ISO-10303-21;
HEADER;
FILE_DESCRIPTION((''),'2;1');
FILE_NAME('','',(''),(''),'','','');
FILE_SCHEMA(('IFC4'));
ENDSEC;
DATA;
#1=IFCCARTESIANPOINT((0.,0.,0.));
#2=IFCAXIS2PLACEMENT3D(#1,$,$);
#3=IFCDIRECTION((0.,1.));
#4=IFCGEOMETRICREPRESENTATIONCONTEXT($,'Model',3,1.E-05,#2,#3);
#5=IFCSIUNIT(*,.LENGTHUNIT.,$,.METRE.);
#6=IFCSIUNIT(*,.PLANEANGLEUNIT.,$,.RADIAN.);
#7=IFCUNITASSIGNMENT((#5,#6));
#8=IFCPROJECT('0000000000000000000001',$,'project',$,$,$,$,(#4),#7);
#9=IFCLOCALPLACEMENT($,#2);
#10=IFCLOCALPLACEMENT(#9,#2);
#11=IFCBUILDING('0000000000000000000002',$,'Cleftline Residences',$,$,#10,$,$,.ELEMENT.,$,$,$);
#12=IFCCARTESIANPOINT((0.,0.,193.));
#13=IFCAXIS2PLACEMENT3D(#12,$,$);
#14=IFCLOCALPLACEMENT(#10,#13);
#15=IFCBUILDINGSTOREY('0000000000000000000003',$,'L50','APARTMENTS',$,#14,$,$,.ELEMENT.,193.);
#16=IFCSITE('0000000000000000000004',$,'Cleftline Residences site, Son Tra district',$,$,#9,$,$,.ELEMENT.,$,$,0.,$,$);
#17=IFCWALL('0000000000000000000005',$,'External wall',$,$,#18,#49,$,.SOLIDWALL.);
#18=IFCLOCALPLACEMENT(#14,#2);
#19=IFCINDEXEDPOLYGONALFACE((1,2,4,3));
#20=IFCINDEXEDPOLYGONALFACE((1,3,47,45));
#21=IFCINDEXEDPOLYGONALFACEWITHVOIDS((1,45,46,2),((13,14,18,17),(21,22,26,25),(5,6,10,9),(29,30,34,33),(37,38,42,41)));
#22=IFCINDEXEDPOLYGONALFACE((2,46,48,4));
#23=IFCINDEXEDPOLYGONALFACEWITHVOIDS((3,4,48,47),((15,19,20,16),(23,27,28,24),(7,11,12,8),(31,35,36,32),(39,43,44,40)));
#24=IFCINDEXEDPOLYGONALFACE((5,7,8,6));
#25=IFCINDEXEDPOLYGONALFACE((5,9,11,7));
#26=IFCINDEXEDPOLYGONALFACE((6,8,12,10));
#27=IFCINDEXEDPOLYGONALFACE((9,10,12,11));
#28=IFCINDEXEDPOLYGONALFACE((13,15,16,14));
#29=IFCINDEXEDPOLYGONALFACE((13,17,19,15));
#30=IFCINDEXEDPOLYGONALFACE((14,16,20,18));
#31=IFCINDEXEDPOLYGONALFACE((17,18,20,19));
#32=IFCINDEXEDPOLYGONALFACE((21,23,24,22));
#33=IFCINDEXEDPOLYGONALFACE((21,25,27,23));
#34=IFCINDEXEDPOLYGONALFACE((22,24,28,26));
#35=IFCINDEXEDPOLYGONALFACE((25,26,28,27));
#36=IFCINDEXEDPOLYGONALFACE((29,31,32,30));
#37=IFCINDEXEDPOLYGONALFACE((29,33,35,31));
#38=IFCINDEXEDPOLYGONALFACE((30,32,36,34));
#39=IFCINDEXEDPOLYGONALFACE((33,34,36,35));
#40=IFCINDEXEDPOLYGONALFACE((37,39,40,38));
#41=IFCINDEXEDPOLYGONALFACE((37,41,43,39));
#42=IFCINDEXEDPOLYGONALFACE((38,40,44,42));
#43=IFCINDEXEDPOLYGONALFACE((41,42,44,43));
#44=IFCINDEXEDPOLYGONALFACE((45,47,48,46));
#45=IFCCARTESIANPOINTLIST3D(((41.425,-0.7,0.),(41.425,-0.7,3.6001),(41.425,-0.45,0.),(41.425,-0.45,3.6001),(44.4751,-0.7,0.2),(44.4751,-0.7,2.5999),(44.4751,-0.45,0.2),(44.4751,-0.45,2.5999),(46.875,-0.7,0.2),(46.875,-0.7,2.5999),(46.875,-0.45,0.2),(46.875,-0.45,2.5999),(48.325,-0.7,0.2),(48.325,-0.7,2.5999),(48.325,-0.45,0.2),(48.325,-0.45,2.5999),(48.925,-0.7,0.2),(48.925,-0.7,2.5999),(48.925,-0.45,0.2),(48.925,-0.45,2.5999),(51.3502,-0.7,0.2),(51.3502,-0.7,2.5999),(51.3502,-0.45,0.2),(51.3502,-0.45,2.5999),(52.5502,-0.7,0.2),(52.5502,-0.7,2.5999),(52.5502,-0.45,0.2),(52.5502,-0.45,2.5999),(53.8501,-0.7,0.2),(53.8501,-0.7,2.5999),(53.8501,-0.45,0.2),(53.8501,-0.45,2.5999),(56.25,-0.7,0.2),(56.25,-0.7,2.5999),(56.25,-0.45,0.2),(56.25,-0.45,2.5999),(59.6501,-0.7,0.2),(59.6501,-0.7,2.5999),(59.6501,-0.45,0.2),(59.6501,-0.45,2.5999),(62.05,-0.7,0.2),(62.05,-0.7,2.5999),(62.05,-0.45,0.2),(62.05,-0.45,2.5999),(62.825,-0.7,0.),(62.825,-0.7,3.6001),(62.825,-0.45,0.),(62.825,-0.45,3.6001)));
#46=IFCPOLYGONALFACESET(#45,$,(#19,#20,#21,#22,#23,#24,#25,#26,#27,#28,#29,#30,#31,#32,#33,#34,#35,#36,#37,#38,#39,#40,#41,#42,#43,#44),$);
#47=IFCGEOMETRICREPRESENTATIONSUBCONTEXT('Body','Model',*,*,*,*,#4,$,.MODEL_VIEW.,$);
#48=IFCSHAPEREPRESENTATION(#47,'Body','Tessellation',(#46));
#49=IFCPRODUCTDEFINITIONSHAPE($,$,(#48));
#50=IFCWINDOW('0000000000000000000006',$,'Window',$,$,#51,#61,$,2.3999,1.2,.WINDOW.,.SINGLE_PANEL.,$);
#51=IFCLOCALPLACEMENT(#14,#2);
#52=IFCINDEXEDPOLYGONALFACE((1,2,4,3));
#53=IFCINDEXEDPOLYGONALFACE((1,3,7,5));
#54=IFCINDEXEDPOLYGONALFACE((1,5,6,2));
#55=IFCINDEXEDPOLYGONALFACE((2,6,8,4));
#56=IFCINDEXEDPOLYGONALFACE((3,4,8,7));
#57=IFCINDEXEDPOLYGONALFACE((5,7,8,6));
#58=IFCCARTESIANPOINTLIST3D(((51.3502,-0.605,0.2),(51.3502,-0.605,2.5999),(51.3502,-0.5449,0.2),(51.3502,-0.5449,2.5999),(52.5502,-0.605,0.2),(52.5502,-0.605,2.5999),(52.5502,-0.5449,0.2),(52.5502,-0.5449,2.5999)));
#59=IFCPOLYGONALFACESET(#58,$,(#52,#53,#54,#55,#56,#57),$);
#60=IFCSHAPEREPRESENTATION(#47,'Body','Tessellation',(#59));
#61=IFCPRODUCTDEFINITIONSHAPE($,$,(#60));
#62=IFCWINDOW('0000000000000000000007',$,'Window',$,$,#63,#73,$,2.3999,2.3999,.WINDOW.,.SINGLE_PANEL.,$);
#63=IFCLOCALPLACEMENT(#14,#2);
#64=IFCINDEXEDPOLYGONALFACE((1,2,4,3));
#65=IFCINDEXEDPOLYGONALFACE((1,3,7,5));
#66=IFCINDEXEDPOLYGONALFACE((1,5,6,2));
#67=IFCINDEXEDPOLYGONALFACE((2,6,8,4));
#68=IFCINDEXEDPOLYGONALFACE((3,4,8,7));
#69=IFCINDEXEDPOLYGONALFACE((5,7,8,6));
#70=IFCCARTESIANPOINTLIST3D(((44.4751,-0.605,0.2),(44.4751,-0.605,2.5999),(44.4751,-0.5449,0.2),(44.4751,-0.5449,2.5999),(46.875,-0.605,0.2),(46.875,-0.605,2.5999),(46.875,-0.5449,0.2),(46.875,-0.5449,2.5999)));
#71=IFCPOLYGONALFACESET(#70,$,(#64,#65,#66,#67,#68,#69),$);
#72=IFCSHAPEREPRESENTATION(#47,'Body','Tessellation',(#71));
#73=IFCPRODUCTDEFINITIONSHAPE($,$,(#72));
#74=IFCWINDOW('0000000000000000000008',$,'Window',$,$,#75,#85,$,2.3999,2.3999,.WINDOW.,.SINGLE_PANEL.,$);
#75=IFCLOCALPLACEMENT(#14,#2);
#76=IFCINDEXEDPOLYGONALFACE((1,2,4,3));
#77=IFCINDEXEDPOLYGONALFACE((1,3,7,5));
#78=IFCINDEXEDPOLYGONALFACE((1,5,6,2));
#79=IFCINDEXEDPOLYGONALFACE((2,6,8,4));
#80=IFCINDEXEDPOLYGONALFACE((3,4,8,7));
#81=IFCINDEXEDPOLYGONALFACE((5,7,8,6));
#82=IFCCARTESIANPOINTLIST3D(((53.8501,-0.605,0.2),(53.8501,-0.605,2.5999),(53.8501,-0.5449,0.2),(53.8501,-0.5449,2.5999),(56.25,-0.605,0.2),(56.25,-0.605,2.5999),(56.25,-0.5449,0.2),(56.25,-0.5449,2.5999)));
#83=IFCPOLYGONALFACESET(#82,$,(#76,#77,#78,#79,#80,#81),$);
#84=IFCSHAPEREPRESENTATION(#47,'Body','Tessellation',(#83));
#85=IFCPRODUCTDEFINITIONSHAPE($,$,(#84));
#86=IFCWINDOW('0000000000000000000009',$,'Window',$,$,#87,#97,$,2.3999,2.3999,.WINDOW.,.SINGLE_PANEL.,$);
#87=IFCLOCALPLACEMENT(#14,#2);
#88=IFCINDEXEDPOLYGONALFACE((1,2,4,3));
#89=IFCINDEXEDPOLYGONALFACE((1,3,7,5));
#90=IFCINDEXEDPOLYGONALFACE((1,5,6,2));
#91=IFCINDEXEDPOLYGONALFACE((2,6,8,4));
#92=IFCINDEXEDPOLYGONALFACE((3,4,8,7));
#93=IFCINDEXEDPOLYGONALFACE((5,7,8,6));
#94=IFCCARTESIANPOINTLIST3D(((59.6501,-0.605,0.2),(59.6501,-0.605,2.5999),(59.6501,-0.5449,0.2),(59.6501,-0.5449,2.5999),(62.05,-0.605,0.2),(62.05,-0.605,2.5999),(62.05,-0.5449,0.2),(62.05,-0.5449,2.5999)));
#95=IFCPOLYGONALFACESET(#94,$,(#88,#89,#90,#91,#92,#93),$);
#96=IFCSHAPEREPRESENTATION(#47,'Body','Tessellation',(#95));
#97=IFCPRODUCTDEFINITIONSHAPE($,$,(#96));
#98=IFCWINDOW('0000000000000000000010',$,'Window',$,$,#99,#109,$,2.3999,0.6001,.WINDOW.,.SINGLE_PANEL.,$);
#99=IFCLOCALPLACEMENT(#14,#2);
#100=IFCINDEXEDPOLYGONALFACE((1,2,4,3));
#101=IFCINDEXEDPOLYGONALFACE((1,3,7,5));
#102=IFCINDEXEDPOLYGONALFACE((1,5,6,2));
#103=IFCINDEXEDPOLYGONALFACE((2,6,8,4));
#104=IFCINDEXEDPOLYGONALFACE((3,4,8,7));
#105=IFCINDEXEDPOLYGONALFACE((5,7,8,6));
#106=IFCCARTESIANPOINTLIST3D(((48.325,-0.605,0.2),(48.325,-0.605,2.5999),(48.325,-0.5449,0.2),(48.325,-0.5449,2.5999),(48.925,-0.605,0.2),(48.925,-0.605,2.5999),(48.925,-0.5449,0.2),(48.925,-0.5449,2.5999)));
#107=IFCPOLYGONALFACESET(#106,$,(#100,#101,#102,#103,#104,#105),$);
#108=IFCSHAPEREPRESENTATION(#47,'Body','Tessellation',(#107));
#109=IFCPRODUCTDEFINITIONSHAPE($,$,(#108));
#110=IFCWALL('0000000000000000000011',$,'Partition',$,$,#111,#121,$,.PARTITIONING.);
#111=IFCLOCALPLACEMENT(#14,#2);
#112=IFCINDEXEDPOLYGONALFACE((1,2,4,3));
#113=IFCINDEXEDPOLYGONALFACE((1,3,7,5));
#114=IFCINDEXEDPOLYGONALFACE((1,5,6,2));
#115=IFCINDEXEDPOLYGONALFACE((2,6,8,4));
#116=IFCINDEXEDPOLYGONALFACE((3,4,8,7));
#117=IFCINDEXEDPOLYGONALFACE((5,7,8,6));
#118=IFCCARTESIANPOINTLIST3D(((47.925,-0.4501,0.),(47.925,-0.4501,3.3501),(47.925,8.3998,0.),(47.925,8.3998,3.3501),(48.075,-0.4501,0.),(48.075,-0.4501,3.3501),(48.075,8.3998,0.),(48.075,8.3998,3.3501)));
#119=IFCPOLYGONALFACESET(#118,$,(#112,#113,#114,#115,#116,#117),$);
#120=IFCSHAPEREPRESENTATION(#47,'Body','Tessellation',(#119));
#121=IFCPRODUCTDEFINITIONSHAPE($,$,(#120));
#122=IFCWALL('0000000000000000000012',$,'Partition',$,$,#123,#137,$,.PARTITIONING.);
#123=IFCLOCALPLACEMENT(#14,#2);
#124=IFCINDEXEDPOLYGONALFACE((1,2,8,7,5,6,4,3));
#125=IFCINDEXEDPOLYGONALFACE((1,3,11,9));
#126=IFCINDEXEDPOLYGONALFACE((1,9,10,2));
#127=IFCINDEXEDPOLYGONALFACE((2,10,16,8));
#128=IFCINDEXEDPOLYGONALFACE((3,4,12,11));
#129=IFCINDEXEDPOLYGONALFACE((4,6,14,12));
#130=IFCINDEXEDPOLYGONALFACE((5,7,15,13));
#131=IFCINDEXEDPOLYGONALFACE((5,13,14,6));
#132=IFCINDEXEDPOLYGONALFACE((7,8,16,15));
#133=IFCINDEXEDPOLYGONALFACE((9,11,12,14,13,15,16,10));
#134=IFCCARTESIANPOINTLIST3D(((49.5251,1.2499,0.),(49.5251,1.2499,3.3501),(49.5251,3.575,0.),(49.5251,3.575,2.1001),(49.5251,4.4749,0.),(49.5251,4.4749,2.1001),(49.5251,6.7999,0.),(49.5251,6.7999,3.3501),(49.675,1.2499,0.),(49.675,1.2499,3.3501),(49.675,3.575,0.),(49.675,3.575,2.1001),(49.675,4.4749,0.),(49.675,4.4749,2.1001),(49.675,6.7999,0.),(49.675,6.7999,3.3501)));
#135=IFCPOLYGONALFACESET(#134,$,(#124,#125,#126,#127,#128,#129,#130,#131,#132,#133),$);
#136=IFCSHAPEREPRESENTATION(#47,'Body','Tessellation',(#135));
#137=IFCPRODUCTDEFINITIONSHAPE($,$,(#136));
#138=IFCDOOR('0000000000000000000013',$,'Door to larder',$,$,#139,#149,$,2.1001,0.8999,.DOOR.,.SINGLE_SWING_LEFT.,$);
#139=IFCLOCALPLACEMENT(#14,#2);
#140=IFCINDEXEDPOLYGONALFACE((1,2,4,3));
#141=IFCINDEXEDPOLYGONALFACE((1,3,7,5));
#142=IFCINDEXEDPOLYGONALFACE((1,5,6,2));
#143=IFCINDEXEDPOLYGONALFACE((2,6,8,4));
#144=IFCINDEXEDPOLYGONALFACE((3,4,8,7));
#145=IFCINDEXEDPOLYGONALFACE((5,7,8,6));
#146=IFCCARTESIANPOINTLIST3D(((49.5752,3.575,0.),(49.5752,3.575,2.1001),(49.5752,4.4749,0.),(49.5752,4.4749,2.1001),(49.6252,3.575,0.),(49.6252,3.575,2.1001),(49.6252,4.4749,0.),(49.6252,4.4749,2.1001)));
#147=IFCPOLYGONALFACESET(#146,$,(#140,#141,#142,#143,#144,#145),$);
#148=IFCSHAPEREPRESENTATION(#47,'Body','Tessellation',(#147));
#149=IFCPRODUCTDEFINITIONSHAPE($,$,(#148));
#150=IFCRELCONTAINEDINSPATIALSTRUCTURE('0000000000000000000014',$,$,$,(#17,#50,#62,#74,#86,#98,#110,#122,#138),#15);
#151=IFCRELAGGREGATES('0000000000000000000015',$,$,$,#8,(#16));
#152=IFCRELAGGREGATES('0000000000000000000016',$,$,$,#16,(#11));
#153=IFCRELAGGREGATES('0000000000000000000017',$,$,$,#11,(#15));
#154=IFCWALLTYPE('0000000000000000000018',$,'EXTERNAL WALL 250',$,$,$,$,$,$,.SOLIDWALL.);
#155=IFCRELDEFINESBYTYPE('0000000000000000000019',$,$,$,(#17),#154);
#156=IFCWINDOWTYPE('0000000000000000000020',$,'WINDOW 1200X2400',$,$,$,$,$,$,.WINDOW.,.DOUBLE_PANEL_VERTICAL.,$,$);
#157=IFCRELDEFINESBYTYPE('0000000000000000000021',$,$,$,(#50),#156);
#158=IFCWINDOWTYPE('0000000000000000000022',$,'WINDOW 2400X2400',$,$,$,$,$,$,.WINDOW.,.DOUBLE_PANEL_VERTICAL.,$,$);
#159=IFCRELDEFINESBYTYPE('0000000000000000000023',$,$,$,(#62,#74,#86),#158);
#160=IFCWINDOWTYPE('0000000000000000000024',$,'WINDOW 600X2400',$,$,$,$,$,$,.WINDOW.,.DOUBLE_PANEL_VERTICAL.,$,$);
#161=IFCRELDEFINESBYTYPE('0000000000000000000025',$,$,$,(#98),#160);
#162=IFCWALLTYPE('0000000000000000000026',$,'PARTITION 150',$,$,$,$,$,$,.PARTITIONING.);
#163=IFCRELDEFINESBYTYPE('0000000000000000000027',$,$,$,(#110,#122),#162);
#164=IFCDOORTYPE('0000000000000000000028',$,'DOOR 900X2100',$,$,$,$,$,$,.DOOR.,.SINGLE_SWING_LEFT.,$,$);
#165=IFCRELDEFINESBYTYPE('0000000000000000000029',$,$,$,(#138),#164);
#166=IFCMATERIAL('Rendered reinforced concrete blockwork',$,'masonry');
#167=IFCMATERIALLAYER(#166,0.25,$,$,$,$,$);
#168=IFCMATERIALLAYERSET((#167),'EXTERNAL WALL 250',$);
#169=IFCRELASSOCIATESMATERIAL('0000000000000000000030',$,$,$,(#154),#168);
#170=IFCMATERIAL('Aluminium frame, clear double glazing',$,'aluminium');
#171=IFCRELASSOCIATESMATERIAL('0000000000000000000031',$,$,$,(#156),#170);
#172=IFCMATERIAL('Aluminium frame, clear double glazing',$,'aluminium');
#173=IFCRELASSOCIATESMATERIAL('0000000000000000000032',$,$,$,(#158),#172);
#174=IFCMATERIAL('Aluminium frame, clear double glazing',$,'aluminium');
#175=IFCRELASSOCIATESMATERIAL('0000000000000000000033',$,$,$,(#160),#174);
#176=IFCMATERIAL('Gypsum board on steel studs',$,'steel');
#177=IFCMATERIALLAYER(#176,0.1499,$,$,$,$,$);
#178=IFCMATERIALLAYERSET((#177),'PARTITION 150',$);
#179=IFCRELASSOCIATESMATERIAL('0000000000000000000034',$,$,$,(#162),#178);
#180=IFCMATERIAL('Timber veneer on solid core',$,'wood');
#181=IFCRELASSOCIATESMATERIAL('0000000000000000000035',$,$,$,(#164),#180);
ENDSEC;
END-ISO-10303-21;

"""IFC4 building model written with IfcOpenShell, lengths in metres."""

from ifc_helpers import new_model, si_unit, direction, frame, frame_2d, origin, place, context, subcontext, project, spatial, rectangle, extrude, material, layer, layer_set, type_object, element, fill, save


model = new_model("IFC4")

# Units and contexts
model_context = context("Model", 3, precision=1e-05, world=origin(), true_north=direction((0.0, 1.0)))
body_context = subcontext(model_context, "Body", "Model", "MODEL_VIEW")
ifc_project = project(units=[si_unit("LENGTHUNIT", "METRE"), si_unit("PLANEANGLEUNIT", "RADIAN")], contexts=[model_context])

# Site, building, storey
site_placement = place(None, origin())
site = spatial("IfcSite", under=ifc_project, at=site_placement, Name="Cleftline Residences site, Son Tra district", CompositionType="ELEMENT", RefElevation=0.0)
building_placement = place(site_placement, origin())
building = spatial("IfcBuilding", under=site, at=building_placement, Name="Cleftline Residences", CompositionType="ELEMENT")
storey_placement = place(building_placement, frame((0.0, 0.0, 193.0)))
storey = spatial("IfcBuildingStorey", under=building, at=storey_placement, Name="L50", Description="APARTMENTS", CompositionType="ELEMENT", Elevation=193.0)

# Wall, openings, windows
ifc_material_1 = material(Name="Rendered reinforced concrete blockwork", Category="masonry")
ifc_layer_1 = layer(ifc_material_1, 0.25)
ifc_layer_set_1 = layer_set([ifc_layer_1], Name="EXTERNAL WALL 250")
wall_type_1 = type_object("IfcWallType", Name="EXTERNAL WALL 250", PredefinedType="SOLIDWALL", material=ifc_layer_set_1)
wall_1_placement = place(storey_placement, frame((41.425, -0.575, 0.0), z_axis=(0.0, 0.0, 1.0), x_axis=(1.0, 0.0, 0.0)))
wall_1 = element("IfcWall", 1, at=wall_1_placement, inside=storey, type_object=wall_type_1, Name="External wall", PredefinedType="SOLIDWALL", context=body_context, shape_type="SweptSolid", body=[
    extrude(rectangle(XDim=21.3999, YDim=0.25, at=frame_2d((10.7, 0.0))), origin(), (0.0, 0.0, 1.0), 3.6001),
])
opening_1_placement = place(wall_1_placement, frame((3.05, 0.0, 0.2)))
opening_1 = element("IfcOpeningElement", 2, at=opening_1_placement, cuts=wall_1, PredefinedType="OPENING", context=body_context, shape_type="SweptSolid", body=[
    extrude(rectangle(XDim=2.3999, YDim=2.3999, at=frame_2d((1.2, 1.2))), frame((0.0, 0.135, 0.0), z_axis=(0.0, -1.0, 0.0), x_axis=(1.0, 0.0, 0.0)), (0.0, 0.0, 1.0), 0.27),
])
opening_2_placement = place(wall_1_placement, frame((6.8999, 0.0, 0.2)))
opening_2 = element("IfcOpeningElement", 3, at=opening_2_placement, cuts=wall_1, PredefinedType="OPENING", context=body_context, shape_type="SweptSolid", body=[
    extrude(rectangle(XDim=0.6001, YDim=2.3999, at=frame_2d((0.3, 1.2))), frame((0.0, 0.135, 0.0), z_axis=(0.0, -1.0, 0.0), x_axis=(1.0, 0.0, 0.0)), (0.0, 0.0, 1.0), 0.27),
])
opening_3_placement = place(wall_1_placement, frame((9.925, 0.0, 0.2)))
opening_3 = element("IfcOpeningElement", 4, at=opening_3_placement, cuts=wall_1, PredefinedType="OPENING", context=body_context, shape_type="SweptSolid", body=[
    extrude(rectangle(XDim=1.2, YDim=2.3999, at=frame_2d((0.6001, 1.2))), frame((0.0, 0.135, 0.0), z_axis=(0.0, -1.0, 0.0), x_axis=(1.0, 0.0, 0.0)), (0.0, 0.0, 1.0), 0.27),
])
opening_4_placement = place(wall_1_placement, frame((12.425, 0.0, 0.2)))
opening_4 = element("IfcOpeningElement", 5, at=opening_4_placement, cuts=wall_1, PredefinedType="OPENING", context=body_context, shape_type="SweptSolid", body=[
    extrude(rectangle(XDim=2.3999, YDim=2.3999, at=frame_2d((1.2, 1.2))), frame((0.0, 0.135, 0.0), z_axis=(0.0, -1.0, 0.0), x_axis=(1.0, 0.0, 0.0)), (0.0, 0.0, 1.0), 0.27),
])
opening_5_placement = place(wall_1_placement, frame((18.2251, 0.0, 0.2)))
opening_5 = element("IfcOpeningElement", 6, at=opening_5_placement, cuts=wall_1, PredefinedType="OPENING", context=body_context, shape_type="SweptSolid", body=[
    extrude(rectangle(XDim=2.3999, YDim=2.3999, at=frame_2d((1.2, 1.2))), frame((0.0, 0.135, 0.0), z_axis=(0.0, -1.0, 0.0), x_axis=(1.0, 0.0, 0.0)), (0.0, 0.0, 1.0), 0.27),
])
ifc_material_2 = material(Name="Aluminium frame, clear double glazing", Category="aluminium")
window_type_1 = type_object("IfcWindowType", Name="WINDOW 1200X2400", PartitioningType="DOUBLE_PANEL_VERTICAL", PredefinedType="WINDOW", material=ifc_material_2)
window_1_placement = place(opening_3_placement, origin())
window_1 = element("IfcWindow", 7, at=window_1_placement, inside=storey, type_object=window_type_1, Name="Window", OverallHeight=2.3999, OverallWidth=1.2, PartitioningType="SINGLE_PANEL", PredefinedType="WINDOW", context=body_context, shape_type="SweptSolid", body=[
    extrude(rectangle(XDim=1.2, YDim=2.3999, at=frame_2d((0.6001, 1.2))), frame((0.0, 0.03, 0.0), z_axis=(0.0, -1.0, 0.0), x_axis=(1.0, 0.0, 0.0)), (0.0, 0.0, 1.0), 0.0601),
])
fill(opening_3, window_1)
ifc_material_3 = material(Name="Aluminium frame, clear double glazing", Category="aluminium")
window_type_2 = type_object("IfcWindowType", Name="WINDOW 2400X2400", PartitioningType="DOUBLE_PANEL_VERTICAL", PredefinedType="WINDOW", material=ifc_material_3)
window_2_placement = place(opening_1_placement, origin())
window_2 = element("IfcWindow", 8, at=window_2_placement, inside=storey, type_object=window_type_2, Name="Window", OverallHeight=2.3999, OverallWidth=2.3999, PartitioningType="SINGLE_PANEL", PredefinedType="WINDOW", context=body_context, shape_type="SweptSolid", body=[
    extrude(rectangle(XDim=2.3999, YDim=2.3999, at=frame_2d((1.2, 1.2))), frame((0.0, 0.03, 0.0), z_axis=(0.0, -1.0, 0.0), x_axis=(1.0, 0.0, 0.0)), (0.0, 0.0, 1.0), 0.0601),
])
fill(opening_1, window_2)
window_3_placement = place(opening_4_placement, origin())
window_3 = element("IfcWindow", 9, at=window_3_placement, inside=storey, type_object=window_type_2, Name="Window", OverallHeight=2.3999, OverallWidth=2.3999, PartitioningType="SINGLE_PANEL", PredefinedType="WINDOW", context=body_context, shape_type="SweptSolid", body=[
    extrude(rectangle(XDim=2.3999, YDim=2.3999, at=frame_2d((1.2, 1.2))), frame((0.0, 0.03, 0.0), z_axis=(0.0, -1.0, 0.0), x_axis=(1.0, 0.0, 0.0)), (0.0, 0.0, 1.0), 0.0601),
])
fill(opening_4, window_3)
window_4_placement = place(opening_5_placement, origin())
window_4 = element("IfcWindow", 10, at=window_4_placement, inside=storey, type_object=window_type_2, Name="Window", OverallHeight=2.3999, OverallWidth=2.3999, PartitioningType="SINGLE_PANEL", PredefinedType="WINDOW", context=body_context, shape_type="SweptSolid", body=[
    extrude(rectangle(XDim=2.3999, YDim=2.3999, at=frame_2d((1.2, 1.2))), frame((0.0, 0.03, 0.0), z_axis=(0.0, -1.0, 0.0), x_axis=(1.0, 0.0, 0.0)), (0.0, 0.0, 1.0), 0.0601),
])
fill(opening_5, window_4)
ifc_material_4 = material(Name="Aluminium frame, clear double glazing", Category="aluminium")
window_type_3 = type_object("IfcWindowType", Name="WINDOW 600X2400", PartitioningType="DOUBLE_PANEL_VERTICAL", PredefinedType="WINDOW", material=ifc_material_4)
window_5_placement = place(opening_2_placement, origin())
window_5 = element("IfcWindow", 11, at=window_5_placement, inside=storey, type_object=window_type_3, Name="Window", OverallHeight=2.3999, OverallWidth=0.6001, PartitioningType="SINGLE_PANEL", PredefinedType="WINDOW", context=body_context, shape_type="SweptSolid", body=[
    extrude(rectangle(XDim=0.6001, YDim=2.3999, at=frame_2d((0.3, 1.2))), frame((0.0, 0.03, 0.0), z_axis=(0.0, -1.0, 0.0), x_axis=(1.0, 0.0, 0.0)), (0.0, 0.0, 1.0), 0.0601),
])
fill(opening_2, window_5)

# Wall
ifc_material_5 = material(Name="Gypsum board on steel studs", Category="steel")
ifc_layer_2 = layer(ifc_material_5, 0.1499)
ifc_layer_set_2 = layer_set([ifc_layer_2], Name="PARTITION 150")
wall_type_2 = type_object("IfcWallType", Name="PARTITION 150", PredefinedType="PARTITIONING", material=ifc_layer_set_2)
wall_2_placement = place(storey_placement, frame((48.0, -0.45, 0.0), z_axis=(0.0, 0.0, 1.0), x_axis=(0.0, 1.0, 0.0)))
element("IfcWall", 12, at=wall_2_placement, inside=storey, type_object=wall_type_2, Name="Partition", PredefinedType="PARTITIONING", context=body_context, shape_type="SweptSolid", body=[
    extrude(rectangle(XDim=8.8499, YDim=0.1499, at=frame_2d((4.4248, 0.0))), origin(), (0.0, 0.0, 1.0), 3.3501),
])

# Wall, opening, door
wall_3_placement = place(storey_placement, frame((49.6001, 1.25, 0.0), z_axis=(0.0, 0.0, 1.0), x_axis=(0.0, 1.0, 0.0)))
wall_3 = element("IfcWall", 13, at=wall_3_placement, inside=storey, type_object=wall_type_2, Name="Partition", PredefinedType="PARTITIONING", context=body_context, shape_type="SweptSolid", body=[
    extrude(rectangle(XDim=5.55, YDim=0.1499, at=frame_2d((2.7749, 0.0))), origin(), (0.0, 0.0, 1.0), 3.3501),
])
opening_6_placement = place(wall_3_placement, frame((2.325, 0.0, 0.0)))
opening_6 = element("IfcOpeningElement", 14, at=opening_6_placement, cuts=wall_3, PredefinedType="OPENING", context=body_context, shape_type="SweptSolid", body=[
    extrude(rectangle(XDim=0.8999, YDim=2.1001, at=frame_2d((0.45, 1.05))), frame((0.0, 0.085, 0.0), z_axis=(0.0, -1.0, 0.0), x_axis=(1.0, 0.0, 0.0)), (0.0, 0.0, 1.0), 0.1699),
])
ifc_material_6 = material(Name="Timber veneer on solid core", Category="wood")
door_type = type_object("IfcDoorType", Name="DOOR 900X2100", OperationType="SINGLE_SWING_LEFT", PredefinedType="DOOR", material=ifc_material_6)
door_placement = place(opening_6_placement, origin())
door = element("IfcDoor", 15, at=door_placement, inside=storey, type_object=door_type, Name="Door to larder", OperationType="SINGLE_SWING_LEFT", OverallHeight=2.1001, OverallWidth=0.8999, PredefinedType="DOOR", context=body_context, shape_type="SweptSolid", body=[
    extrude(rectangle(XDim=0.8999, YDim=2.1001, at=frame_2d((0.45, 1.05))), frame((0.0, 0.0249, 0.0), z_axis=(0.0, -1.0, 0.0), x_axis=(1.0, 0.0, 0.0)), (0.0, 0.0, 1.0), 0.05),
])
fill(opening_6, door)

save(model, "model.ifc")
